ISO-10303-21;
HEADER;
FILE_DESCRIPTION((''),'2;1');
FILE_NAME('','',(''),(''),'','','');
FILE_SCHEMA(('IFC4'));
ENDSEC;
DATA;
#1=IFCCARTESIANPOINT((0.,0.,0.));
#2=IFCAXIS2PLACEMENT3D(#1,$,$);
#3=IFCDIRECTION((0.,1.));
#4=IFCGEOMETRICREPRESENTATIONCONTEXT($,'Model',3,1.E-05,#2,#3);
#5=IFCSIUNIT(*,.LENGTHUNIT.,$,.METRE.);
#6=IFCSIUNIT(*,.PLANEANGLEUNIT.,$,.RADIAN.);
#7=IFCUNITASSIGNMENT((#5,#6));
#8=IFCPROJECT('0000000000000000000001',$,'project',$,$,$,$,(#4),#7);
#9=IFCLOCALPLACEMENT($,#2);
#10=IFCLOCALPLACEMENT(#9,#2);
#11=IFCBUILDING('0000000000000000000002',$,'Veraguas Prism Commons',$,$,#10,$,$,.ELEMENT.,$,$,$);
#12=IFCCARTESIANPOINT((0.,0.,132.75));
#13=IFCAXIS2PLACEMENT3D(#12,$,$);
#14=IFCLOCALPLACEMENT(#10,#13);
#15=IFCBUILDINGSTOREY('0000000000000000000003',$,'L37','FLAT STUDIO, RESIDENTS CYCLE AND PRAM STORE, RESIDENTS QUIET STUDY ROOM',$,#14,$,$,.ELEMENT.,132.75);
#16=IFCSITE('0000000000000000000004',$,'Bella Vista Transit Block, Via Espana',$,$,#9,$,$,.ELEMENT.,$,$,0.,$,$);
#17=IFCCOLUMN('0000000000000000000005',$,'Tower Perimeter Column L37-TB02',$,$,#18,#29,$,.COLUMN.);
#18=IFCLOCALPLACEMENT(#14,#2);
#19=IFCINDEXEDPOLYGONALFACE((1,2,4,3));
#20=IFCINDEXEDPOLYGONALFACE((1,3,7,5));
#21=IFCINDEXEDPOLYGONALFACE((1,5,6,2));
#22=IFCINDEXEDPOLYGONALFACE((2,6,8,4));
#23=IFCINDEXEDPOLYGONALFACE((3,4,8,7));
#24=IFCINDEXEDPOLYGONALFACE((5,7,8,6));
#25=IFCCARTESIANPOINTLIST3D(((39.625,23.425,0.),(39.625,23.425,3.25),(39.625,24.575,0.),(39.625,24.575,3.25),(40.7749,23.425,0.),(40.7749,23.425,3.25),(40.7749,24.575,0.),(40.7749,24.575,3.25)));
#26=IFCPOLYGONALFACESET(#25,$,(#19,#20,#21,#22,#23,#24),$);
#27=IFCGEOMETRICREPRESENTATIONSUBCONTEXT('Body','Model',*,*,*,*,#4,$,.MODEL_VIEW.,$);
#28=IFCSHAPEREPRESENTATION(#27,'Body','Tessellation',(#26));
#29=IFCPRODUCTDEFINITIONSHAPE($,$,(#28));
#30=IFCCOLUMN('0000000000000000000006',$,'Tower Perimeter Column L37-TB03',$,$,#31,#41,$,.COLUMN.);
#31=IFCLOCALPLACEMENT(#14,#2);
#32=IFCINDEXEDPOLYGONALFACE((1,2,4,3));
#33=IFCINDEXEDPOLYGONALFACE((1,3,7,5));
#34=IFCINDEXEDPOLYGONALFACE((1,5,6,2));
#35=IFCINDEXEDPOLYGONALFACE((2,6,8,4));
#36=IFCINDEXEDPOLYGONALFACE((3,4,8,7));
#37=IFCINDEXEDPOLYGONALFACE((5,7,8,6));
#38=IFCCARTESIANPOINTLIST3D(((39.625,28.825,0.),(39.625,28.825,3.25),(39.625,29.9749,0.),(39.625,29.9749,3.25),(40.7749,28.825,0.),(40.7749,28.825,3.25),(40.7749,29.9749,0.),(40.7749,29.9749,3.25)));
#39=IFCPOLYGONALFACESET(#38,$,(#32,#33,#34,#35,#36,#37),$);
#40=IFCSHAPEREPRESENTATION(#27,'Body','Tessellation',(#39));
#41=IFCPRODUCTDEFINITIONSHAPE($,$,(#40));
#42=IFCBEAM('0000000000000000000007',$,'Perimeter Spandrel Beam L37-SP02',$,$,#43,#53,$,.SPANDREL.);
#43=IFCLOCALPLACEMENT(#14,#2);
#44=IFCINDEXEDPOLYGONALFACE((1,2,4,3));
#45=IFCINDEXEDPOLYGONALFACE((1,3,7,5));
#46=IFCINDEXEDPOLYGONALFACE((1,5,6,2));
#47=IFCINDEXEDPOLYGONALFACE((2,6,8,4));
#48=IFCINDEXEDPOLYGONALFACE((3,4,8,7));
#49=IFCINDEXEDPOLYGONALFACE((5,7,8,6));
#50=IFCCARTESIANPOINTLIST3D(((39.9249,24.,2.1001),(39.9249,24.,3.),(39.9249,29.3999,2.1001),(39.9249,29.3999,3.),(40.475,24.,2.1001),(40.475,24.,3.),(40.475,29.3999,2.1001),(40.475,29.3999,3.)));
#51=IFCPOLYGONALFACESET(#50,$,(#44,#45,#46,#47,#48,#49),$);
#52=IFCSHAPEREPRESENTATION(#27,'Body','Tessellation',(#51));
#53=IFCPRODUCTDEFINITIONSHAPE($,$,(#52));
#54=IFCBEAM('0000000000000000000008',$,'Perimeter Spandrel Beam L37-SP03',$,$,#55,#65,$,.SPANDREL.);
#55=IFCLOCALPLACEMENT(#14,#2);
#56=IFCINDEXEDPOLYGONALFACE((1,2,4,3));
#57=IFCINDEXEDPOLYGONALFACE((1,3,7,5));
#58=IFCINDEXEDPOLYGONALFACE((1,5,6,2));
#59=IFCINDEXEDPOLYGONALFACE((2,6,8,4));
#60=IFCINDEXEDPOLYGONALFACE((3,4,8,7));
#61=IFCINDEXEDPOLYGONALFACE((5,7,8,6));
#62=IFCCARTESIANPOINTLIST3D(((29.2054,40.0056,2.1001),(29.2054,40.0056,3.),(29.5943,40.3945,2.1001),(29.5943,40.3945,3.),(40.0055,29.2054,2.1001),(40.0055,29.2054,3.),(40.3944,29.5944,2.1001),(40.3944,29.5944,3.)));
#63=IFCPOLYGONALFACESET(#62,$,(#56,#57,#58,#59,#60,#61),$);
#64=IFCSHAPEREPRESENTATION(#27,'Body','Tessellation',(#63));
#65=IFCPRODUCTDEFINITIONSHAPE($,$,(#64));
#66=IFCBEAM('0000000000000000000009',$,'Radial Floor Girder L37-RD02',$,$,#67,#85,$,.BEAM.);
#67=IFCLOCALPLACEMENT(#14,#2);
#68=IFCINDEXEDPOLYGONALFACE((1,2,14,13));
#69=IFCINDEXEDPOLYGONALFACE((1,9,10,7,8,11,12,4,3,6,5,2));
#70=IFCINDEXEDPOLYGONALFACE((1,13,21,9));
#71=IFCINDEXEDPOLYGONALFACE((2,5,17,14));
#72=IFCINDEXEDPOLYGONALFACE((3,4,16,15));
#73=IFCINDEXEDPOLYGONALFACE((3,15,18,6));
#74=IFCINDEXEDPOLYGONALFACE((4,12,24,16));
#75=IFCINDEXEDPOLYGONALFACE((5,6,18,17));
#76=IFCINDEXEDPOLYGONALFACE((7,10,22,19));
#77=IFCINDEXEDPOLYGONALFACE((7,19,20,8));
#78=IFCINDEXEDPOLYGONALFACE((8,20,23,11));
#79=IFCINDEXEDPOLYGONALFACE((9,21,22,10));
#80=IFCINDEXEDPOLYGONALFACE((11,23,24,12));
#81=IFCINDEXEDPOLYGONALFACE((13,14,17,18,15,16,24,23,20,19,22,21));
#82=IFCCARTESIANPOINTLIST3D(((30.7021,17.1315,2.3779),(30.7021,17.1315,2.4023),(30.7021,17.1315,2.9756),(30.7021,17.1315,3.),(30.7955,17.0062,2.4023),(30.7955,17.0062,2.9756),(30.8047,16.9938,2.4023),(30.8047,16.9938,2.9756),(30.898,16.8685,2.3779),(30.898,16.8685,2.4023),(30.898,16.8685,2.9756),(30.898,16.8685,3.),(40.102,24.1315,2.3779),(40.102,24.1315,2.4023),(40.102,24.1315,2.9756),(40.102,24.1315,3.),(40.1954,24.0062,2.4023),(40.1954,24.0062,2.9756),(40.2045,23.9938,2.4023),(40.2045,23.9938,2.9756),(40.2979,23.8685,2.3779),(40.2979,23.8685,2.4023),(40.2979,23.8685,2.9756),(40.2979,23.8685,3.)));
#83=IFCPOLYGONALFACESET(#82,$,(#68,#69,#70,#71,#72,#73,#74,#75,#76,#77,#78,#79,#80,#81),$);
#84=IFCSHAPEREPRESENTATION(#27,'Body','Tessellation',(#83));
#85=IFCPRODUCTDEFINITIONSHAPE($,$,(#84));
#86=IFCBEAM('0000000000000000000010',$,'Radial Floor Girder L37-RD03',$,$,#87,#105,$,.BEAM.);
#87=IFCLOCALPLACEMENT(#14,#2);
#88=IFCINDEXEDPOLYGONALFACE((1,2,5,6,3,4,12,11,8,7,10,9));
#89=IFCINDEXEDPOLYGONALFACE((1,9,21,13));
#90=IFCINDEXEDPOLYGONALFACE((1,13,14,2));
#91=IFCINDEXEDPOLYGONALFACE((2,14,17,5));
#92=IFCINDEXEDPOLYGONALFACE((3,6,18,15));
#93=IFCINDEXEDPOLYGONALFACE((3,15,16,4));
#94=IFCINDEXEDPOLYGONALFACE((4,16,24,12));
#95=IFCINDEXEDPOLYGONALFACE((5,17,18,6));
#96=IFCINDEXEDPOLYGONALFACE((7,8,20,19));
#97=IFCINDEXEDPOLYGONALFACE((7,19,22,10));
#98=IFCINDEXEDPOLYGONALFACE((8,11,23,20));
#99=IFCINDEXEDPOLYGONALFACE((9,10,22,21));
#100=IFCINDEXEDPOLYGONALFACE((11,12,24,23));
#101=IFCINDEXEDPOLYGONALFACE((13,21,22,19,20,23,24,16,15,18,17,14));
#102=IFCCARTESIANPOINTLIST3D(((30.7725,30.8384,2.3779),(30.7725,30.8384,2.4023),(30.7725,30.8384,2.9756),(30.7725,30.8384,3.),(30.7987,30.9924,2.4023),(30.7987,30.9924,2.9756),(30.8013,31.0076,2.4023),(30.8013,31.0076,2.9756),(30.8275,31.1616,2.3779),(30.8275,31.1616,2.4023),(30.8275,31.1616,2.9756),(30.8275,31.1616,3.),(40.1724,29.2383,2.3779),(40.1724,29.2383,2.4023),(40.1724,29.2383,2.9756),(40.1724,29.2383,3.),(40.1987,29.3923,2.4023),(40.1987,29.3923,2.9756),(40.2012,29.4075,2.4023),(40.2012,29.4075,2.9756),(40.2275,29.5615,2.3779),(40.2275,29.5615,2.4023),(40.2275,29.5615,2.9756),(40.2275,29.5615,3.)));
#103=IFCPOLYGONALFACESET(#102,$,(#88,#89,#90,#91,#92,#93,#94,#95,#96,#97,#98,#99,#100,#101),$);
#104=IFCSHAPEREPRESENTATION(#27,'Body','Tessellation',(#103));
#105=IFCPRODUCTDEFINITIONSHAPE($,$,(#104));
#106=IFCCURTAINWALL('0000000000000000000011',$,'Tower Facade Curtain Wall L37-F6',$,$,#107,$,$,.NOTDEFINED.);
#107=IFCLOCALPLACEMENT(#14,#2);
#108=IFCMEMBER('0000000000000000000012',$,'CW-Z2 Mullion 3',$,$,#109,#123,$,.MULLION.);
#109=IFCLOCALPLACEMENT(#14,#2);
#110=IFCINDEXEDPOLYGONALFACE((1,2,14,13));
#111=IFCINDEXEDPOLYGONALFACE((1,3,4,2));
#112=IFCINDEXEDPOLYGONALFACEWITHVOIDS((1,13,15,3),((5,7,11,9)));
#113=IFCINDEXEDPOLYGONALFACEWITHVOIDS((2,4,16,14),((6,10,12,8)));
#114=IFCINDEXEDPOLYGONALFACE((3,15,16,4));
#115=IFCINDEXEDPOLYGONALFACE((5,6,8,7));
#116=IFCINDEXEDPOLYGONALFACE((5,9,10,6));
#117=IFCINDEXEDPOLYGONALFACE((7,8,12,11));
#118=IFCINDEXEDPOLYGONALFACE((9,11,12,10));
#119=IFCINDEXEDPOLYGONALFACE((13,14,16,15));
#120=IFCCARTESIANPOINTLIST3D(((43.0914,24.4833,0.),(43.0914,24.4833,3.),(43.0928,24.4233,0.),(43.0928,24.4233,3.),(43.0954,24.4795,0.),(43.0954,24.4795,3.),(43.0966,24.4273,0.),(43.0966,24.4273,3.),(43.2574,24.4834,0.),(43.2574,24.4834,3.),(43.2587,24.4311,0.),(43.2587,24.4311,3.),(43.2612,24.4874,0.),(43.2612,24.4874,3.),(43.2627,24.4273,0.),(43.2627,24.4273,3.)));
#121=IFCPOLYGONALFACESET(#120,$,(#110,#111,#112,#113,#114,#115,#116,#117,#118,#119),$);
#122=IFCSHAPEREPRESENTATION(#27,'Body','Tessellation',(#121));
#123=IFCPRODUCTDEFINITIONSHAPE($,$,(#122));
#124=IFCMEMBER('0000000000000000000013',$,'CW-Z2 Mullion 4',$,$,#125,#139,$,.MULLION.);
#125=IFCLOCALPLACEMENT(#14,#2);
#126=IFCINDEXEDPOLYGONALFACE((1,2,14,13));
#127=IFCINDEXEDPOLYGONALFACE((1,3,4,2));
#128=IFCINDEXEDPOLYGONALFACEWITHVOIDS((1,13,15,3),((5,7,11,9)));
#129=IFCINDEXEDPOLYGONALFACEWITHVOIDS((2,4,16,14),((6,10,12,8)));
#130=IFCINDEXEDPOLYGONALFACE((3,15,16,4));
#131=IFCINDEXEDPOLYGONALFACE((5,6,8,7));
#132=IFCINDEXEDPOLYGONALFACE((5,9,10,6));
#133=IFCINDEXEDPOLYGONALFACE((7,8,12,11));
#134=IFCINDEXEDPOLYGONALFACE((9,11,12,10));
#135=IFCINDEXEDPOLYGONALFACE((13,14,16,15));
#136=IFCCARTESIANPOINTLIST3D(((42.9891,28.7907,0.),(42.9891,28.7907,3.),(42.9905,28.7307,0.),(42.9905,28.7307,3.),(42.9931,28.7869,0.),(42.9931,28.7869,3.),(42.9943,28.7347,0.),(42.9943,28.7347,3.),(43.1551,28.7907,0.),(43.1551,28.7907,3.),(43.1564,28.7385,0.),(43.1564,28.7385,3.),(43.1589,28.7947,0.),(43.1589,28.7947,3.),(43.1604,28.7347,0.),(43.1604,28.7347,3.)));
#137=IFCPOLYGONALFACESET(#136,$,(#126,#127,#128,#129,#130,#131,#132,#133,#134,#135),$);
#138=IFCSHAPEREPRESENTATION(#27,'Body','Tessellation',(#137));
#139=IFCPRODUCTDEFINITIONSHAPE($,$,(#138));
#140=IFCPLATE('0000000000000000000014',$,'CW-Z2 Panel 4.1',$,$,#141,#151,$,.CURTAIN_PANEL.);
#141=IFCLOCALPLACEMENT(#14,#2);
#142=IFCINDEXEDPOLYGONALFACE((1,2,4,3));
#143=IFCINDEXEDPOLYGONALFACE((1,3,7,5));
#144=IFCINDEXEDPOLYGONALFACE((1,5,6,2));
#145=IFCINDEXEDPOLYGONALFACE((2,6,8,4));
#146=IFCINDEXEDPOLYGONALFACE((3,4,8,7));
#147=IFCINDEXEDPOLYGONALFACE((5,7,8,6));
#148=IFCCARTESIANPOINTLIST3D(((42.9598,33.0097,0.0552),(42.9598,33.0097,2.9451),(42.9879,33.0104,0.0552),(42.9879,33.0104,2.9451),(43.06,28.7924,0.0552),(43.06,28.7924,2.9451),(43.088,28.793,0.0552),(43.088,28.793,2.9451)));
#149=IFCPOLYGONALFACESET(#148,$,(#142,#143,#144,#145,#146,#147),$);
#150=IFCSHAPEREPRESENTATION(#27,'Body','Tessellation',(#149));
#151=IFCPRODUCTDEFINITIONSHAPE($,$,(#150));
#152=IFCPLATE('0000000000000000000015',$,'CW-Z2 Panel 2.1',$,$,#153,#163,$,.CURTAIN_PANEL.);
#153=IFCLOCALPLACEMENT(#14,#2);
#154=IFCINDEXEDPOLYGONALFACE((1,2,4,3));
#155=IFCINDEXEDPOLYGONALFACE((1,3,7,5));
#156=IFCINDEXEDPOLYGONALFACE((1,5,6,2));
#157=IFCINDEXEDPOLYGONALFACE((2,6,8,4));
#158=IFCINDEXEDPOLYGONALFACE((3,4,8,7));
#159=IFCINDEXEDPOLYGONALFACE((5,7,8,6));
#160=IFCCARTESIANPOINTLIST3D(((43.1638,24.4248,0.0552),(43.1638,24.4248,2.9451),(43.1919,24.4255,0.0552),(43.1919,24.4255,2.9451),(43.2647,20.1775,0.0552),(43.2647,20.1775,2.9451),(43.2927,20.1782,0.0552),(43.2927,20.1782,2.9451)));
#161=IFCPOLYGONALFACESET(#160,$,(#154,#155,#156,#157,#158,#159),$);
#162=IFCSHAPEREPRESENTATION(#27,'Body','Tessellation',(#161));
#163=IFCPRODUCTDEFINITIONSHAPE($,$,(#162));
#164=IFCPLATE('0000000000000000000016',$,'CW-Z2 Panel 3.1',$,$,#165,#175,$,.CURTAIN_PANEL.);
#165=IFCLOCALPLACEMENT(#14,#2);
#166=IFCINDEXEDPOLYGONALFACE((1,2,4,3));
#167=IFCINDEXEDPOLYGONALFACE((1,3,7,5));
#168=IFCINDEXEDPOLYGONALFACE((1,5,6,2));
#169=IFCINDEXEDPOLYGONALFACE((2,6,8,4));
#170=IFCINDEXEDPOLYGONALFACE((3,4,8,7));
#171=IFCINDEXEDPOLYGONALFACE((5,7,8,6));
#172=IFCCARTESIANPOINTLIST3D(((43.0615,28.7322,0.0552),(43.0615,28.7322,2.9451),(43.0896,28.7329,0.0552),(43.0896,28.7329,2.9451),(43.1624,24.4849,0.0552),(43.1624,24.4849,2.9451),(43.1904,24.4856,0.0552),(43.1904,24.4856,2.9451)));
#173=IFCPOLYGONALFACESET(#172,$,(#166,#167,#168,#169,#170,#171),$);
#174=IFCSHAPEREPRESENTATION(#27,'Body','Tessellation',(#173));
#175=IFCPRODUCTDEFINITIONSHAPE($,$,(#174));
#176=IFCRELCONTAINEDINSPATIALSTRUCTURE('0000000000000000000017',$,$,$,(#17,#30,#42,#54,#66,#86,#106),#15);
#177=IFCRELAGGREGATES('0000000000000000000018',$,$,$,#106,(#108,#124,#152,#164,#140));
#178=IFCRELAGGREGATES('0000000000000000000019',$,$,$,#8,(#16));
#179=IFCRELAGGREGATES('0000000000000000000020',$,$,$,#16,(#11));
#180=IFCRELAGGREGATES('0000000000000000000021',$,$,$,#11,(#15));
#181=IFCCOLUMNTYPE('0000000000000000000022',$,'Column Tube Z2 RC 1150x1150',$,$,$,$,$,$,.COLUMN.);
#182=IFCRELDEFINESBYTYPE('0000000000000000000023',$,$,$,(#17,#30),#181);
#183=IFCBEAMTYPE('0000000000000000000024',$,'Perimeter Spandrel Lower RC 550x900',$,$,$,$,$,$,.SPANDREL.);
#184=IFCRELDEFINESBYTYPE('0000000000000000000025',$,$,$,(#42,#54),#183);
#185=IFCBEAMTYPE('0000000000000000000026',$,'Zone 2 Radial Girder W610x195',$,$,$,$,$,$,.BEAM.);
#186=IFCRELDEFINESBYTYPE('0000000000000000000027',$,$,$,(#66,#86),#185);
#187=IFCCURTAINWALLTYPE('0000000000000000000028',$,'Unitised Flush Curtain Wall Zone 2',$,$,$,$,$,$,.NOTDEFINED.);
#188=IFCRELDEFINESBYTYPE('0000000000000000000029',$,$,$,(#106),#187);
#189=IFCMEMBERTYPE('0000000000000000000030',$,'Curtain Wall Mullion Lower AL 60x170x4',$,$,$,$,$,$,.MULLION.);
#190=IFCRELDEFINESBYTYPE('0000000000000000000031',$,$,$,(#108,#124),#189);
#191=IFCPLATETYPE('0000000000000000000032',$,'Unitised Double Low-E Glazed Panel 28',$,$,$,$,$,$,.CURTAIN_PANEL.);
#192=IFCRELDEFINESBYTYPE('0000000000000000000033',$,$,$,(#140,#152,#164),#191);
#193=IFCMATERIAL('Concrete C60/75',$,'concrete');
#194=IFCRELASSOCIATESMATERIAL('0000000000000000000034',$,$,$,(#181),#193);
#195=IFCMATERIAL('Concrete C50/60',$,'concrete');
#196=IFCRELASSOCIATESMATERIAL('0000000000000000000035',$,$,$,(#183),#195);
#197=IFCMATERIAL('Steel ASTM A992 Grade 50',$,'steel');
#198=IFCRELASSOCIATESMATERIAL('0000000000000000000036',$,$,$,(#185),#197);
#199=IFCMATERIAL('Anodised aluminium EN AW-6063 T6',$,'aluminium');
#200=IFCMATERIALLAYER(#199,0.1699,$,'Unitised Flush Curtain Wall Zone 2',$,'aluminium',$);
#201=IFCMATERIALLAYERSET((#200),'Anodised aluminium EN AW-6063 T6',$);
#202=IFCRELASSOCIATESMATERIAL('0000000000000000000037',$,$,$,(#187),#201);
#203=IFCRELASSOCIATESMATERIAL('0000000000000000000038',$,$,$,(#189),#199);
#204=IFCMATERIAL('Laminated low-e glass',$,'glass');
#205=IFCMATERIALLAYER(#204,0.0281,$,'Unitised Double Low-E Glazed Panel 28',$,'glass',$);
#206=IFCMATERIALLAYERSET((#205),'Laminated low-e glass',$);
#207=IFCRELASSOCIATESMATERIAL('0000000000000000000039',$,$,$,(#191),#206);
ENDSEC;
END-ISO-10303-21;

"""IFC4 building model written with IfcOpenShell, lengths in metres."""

from ifc_helpers import new_model, si_unit, direction, frame, origin, origin_2d, place, context, subcontext, project, spatial, rectangle, hollow_rectangle, i_section, extrude, source, transform, mapped, material, layer, layer_set, material_profile, profile_set, type_object, element, aggregate, save


model = new_model("IFC4")

# Units and contexts
model_context = context("Model", 3, precision=1e-05, world=origin(), true_north=direction((0.0, 1.0)))
body_context = subcontext(model_context, "Body", "Model", "MODEL_VIEW")
ifc_project = project(units=[si_unit("LENGTHUNIT", "METRE"), si_unit("PLANEANGLEUNIT", "RADIAN")], contexts=[model_context])

# Site, building, storey
site_placement = place(None, origin())
site = spatial("IfcSite", under=ifc_project, at=site_placement, Name="Bella Vista Transit Block, Via Espana", CompositionType="ELEMENT", RefElevation=0.0)
building_placement = place(site_placement, origin())
building = spatial("IfcBuilding", under=site, at=building_placement, Name="Veraguas Prism Commons", CompositionType="ELEMENT")
storey_placement = place(building_placement, frame((0.0, 0.0, 132.75)))
storey = spatial("IfcBuildingStorey", under=building, at=storey_placement, Name="L37", Description="FLAT STUDIO, RESIDENTS CYCLE AND PRAM STORE, RESIDENTS QUIET STUDY ROOM", CompositionType="ELEMENT", Elevation=132.75)

# Columns
ifc_material_1 = material(Name="Concrete C60/75", Category="concrete")
ifc_material_profile_1 = material_profile(ifc_material_1, rectangle(XDim=1.1499, YDim=1.1499, at=origin_2d()), Name="RC1150X1150")
ifc_profile_set_1 = profile_set([ifc_material_profile_1], Name="Concrete C60/75")
column_type = type_object("IfcColumnType", Name="Column Tube Z2 RC 1150x1150", PredefinedType="COLUMN", material=ifc_profile_set_1)
for number, where, z_axis, x_axis, name in (
    (1, (40.2, 24.0, 0.0), (0.0, 0.0, 1.0), (1.0, 0.0, 0.0), "Tower Perimeter Column L37-TB02"),
    (2, (40.2, 29.3999, 0.0), (0.0, 0.0, 1.0), (1.0, 0.0, 0.0), "Tower Perimeter Column L37-TB03"),
):
    element("IfcColumn", number, at=place(storey_placement, frame(where, z_axis=z_axis, x_axis=x_axis)), inside=storey, type_object=column_type, Name=name, PredefinedType="COLUMN", context=body_context, shape_type="SweptSolid", body=[
        extrude(rectangle(XDim=1.1499, YDim=1.1499, at=origin_2d()), origin(), (0.0, 0.0, 1.0), 3.25),
    ])

# Beams
ifc_material_2 = material(Name="Concrete C50/60", Category="concrete")
ifc_material_profile_2 = material_profile(ifc_material_2, rectangle(XDim=0.55, YDim=0.8999, at=origin_2d()), Name="RC550X900")
ifc_profile_set_2 = profile_set([ifc_material_profile_2], Name="Concrete C50/60")
beam_type_1 = type_object("IfcBeamType", Name="Perimeter Spandrel Lower RC 550x900", PredefinedType="SPANDREL", material=ifc_profile_set_2)
beam_1_placement = place(storey_placement, frame((40.2, 24.0, 2.55), z_axis=(0.0, 1.0, 0.0), x_axis=(-1.0, 0.0, 0.0)))
element("IfcBeam", 3, at=beam_1_placement, inside=storey, type_object=beam_type_1, Name="Perimeter Spandrel Beam L37-SP02", PredefinedType="SPANDREL", context=body_context, shape_type="SweptSolid", body=[
    extrude(rectangle(XDim=0.55, YDim=0.8999, at=origin_2d()), origin(), (0.0, 0.0, 1.0), 5.3999),
])
beam_2_placement = place(storey_placement, frame((40.2, 29.3999, 2.55), z_axis=(-0.707107, 0.707107, 0.0), x_axis=(-0.707107, -0.707107, 0.0)))
element("IfcBeam", 4, at=beam_2_placement, inside=storey, type_object=beam_type_1, Name="Perimeter Spandrel Beam L37-SP03", PredefinedType="SPANDREL", context=body_context, shape_type="SweptSolid", body=[
    extrude(rectangle(XDim=0.55, YDim=0.8999, at=origin_2d()), origin(), (0.0, 0.0, 1.0), 15.2737),
])
ifc_material_3 = material(Name="Steel ASTM A992 Grade 50", Category="steel")
ifc_material_profile_3 = material_profile(ifc_material_3, i_section(OverallWidth=0.3279, OverallDepth=0.6221, WebThickness=0.0154, FlangeThickness=0.0244, at=origin_2d()), Name="W610X195")
ifc_profile_set_3 = profile_set([ifc_material_profile_3], Name="Steel ASTM A992 Grade 50")
beam_type_2 = type_object("IfcBeamType", Name="Zone 2 Radial Girder W610x195", PredefinedType="BEAM", material=ifc_profile_set_3)
beam_3_placement = place(storey_placement, frame((40.2, 24.0, 2.689), z_axis=(-0.80204, -0.59727, 0.0), x_axis=(0.59727, -0.80204, 0.0)))
element("IfcBeam", 5, at=beam_3_placement, inside=storey, type_object=beam_type_2, Name="Radial Floor Girder L37-RD02", PredefinedType="BEAM", context=body_context, shape_type="SweptSolid", body=[
    extrude(i_section(OverallWidth=0.3279, OverallDepth=0.6221, WebThickness=0.0154, FlangeThickness=0.0244, at=origin_2d()), origin(), (0.0, 0.0, 1.0), 11.72),
])
beam_4_placement = place(storey_placement, frame((40.2, 29.3999, 2.689), z_axis=(-0.985819, 0.167811, 0.0), x_axis=(-0.167811, -0.985819, 0.0)))
element("IfcBeam", 6, at=beam_4_placement, inside=storey, type_object=beam_type_2, Name="Radial Floor Girder L37-RD03", PredefinedType="BEAM", context=body_context, shape_type="SweptSolid", body=[
    extrude(i_section(OverallWidth=0.3279, OverallDepth=0.6221, WebThickness=0.0154, FlangeThickness=0.0244, at=origin_2d()), origin(), (0.0, 0.0, 1.0), 9.5352),
])

# Curtain wall, members, plates
ifc_material_4 = material(Name="Anodised aluminium EN AW-6063 T6", Category="aluminium")
ifc_layer_1 = layer(ifc_material_4, 0.1699, Name="Unitised Flush Curtain Wall Zone 2", Category="aluminium")
ifc_layer_set_1 = layer_set([ifc_layer_1], Name="Anodised aluminium EN AW-6063 T6")
curtain_wall_type = type_object("IfcCurtainWallType", Name="Unitised Flush Curtain Wall Zone 2", PredefinedType="NOTDEFINED", material=ifc_layer_set_1)
curtain_wall_placement = place(storey_placement, origin())
curtain_wall = element("IfcCurtainWall", 7, at=curtain_wall_placement, inside=storey, type_object=curtain_wall_type, Name="Tower Facade Curtain Wall L37-F6", PredefinedType="NOTDEFINED")
ifc_material_profile_4 = material_profile(ifc_material_4, hollow_rectangle(XDim=0.0601, YDim=0.1699, WallThickness=0.0039, at=origin_2d()), Name="AL60X170X4")
ifc_profile_set_4 = profile_set([ifc_material_profile_4], Name="Anodised aluminium EN AW-6063 T6")
member_type = type_object("IfcMemberType", Name="Curtain Wall Mullion Lower AL 60x170x4", PredefinedType="MULLION", material=ifc_profile_set_4)
shared_shape_1 = source(origin(), body_context, "Body", "SweptSolid", [
    extrude(hollow_rectangle(XDim=0.0601, YDim=0.1699, WallThickness=0.0039, at=origin_2d()), origin(), (0.0, 0.0, 1.0), 3.0),
])
member_1_placement = place(storey_placement, frame((43.177, 24.4553, 0.0), z_axis=(0.0, 0.0, 1.0), x_axis=(-0.023738, 0.999718, 0.0)))
member_1 = element("IfcMember", 8, at=member_1_placement, type_object=member_type, Name="CW-Z2 Mullion 3", PredefinedType="MULLION", context=body_context, shape_type="MappedRepresentation", body=[
    mapped(shared_shape_1, transform((0.0, 0.0, 0.0), scale=1.0)),
])
member_2_placement = place(storey_placement, frame((43.0747, 28.7627, 0.0), z_axis=(0.0, 0.0, 1.0), x_axis=(-0.023738, 0.999718, 0.0)))
member_2 = element("IfcMember", 9, at=member_2_placement, type_object=member_type, Name="CW-Z2 Mullion 4", PredefinedType="MULLION", context=body_context, shape_type="MappedRepresentation", body=[
    mapped(shared_shape_1, transform((0.0, 0.0, 0.0), scale=1.0)),
])
ifc_material_5 = material(Name="Laminated low-e glass", Category="glass")
ifc_layer_2 = layer(ifc_material_5, 0.0281, Name="Unitised Double Low-E Glazed Panel 28", Category="glass")
ifc_layer_set_2 = layer_set([ifc_layer_2], Name="Laminated low-e glass")
plate_type = type_object("IfcPlateType", Name="Unitised Double Low-E Glazed Panel 28", PredefinedType="CURTAIN_PANEL", material=ifc_layer_set_2)
shared_shape_2 = source(origin(), body_context, "Body", "SweptSolid", [
    extrude(rectangle(XDim=4.2185, YDim=0.0281, at=origin_2d()), origin(), (0.0, 0.0, 1.0), 2.8899),
])
plate_1_placement = place(storey_placement, frame((43.0239, 30.9014, 0.0552), z_axis=(0.0, 0.0, 1.0), x_axis=(-0.023738, 0.999718, 0.0)))
plate_1 = element("IfcPlate", 10, at=plate_1_placement, type_object=plate_type, Name="CW-Z2 Panel 4.1", PredefinedType="CURTAIN_PANEL", context=body_context, shape_type="MappedRepresentation", body=[
    mapped(shared_shape_2, transform((0.0, 0.0, 0.0), scale=1.0)),
])
shared_shape_3 = source(origin(), body_context, "Body", "SweptSolid", [
    extrude(rectangle(XDim=4.2485, YDim=0.0281, at=origin_2d()), origin(), (0.0, 0.0, 1.0), 2.8899),
])
plate_2_placement = place(storey_placement, frame((43.2283, 22.3015, 0.0552), z_axis=(0.0, 0.0, 1.0), x_axis=(-0.023738, 0.999718, 0.0)))
plate_2 = element("IfcPlate", 11, at=plate_2_placement, type_object=plate_type, Name="CW-Z2 Panel 2.1", PredefinedType="CURTAIN_PANEL", context=body_context, shape_type="MappedRepresentation", body=[
    mapped(shared_shape_3, transform((0.0, 0.0, 0.0), scale=1.0)),
])
plate_3_placement = place(storey_placement, frame((43.126, 26.6089, 0.0552), z_axis=(0.0, 0.0, 1.0), x_axis=(-0.023738, 0.999718, 0.0)))
plate_3 = element("IfcPlate", 12, at=plate_3_placement, type_object=plate_type, Name="CW-Z2 Panel 3.1", PredefinedType="CURTAIN_PANEL", context=body_context, shape_type="MappedRepresentation", body=[
    mapped(shared_shape_3, transform((0.0, 0.0, 0.0), scale=1.0)),
])
aggregate(curtain_wall, [member_1, member_2, plate_2, plate_3, plate_1])

save(model, "model.ifc")
